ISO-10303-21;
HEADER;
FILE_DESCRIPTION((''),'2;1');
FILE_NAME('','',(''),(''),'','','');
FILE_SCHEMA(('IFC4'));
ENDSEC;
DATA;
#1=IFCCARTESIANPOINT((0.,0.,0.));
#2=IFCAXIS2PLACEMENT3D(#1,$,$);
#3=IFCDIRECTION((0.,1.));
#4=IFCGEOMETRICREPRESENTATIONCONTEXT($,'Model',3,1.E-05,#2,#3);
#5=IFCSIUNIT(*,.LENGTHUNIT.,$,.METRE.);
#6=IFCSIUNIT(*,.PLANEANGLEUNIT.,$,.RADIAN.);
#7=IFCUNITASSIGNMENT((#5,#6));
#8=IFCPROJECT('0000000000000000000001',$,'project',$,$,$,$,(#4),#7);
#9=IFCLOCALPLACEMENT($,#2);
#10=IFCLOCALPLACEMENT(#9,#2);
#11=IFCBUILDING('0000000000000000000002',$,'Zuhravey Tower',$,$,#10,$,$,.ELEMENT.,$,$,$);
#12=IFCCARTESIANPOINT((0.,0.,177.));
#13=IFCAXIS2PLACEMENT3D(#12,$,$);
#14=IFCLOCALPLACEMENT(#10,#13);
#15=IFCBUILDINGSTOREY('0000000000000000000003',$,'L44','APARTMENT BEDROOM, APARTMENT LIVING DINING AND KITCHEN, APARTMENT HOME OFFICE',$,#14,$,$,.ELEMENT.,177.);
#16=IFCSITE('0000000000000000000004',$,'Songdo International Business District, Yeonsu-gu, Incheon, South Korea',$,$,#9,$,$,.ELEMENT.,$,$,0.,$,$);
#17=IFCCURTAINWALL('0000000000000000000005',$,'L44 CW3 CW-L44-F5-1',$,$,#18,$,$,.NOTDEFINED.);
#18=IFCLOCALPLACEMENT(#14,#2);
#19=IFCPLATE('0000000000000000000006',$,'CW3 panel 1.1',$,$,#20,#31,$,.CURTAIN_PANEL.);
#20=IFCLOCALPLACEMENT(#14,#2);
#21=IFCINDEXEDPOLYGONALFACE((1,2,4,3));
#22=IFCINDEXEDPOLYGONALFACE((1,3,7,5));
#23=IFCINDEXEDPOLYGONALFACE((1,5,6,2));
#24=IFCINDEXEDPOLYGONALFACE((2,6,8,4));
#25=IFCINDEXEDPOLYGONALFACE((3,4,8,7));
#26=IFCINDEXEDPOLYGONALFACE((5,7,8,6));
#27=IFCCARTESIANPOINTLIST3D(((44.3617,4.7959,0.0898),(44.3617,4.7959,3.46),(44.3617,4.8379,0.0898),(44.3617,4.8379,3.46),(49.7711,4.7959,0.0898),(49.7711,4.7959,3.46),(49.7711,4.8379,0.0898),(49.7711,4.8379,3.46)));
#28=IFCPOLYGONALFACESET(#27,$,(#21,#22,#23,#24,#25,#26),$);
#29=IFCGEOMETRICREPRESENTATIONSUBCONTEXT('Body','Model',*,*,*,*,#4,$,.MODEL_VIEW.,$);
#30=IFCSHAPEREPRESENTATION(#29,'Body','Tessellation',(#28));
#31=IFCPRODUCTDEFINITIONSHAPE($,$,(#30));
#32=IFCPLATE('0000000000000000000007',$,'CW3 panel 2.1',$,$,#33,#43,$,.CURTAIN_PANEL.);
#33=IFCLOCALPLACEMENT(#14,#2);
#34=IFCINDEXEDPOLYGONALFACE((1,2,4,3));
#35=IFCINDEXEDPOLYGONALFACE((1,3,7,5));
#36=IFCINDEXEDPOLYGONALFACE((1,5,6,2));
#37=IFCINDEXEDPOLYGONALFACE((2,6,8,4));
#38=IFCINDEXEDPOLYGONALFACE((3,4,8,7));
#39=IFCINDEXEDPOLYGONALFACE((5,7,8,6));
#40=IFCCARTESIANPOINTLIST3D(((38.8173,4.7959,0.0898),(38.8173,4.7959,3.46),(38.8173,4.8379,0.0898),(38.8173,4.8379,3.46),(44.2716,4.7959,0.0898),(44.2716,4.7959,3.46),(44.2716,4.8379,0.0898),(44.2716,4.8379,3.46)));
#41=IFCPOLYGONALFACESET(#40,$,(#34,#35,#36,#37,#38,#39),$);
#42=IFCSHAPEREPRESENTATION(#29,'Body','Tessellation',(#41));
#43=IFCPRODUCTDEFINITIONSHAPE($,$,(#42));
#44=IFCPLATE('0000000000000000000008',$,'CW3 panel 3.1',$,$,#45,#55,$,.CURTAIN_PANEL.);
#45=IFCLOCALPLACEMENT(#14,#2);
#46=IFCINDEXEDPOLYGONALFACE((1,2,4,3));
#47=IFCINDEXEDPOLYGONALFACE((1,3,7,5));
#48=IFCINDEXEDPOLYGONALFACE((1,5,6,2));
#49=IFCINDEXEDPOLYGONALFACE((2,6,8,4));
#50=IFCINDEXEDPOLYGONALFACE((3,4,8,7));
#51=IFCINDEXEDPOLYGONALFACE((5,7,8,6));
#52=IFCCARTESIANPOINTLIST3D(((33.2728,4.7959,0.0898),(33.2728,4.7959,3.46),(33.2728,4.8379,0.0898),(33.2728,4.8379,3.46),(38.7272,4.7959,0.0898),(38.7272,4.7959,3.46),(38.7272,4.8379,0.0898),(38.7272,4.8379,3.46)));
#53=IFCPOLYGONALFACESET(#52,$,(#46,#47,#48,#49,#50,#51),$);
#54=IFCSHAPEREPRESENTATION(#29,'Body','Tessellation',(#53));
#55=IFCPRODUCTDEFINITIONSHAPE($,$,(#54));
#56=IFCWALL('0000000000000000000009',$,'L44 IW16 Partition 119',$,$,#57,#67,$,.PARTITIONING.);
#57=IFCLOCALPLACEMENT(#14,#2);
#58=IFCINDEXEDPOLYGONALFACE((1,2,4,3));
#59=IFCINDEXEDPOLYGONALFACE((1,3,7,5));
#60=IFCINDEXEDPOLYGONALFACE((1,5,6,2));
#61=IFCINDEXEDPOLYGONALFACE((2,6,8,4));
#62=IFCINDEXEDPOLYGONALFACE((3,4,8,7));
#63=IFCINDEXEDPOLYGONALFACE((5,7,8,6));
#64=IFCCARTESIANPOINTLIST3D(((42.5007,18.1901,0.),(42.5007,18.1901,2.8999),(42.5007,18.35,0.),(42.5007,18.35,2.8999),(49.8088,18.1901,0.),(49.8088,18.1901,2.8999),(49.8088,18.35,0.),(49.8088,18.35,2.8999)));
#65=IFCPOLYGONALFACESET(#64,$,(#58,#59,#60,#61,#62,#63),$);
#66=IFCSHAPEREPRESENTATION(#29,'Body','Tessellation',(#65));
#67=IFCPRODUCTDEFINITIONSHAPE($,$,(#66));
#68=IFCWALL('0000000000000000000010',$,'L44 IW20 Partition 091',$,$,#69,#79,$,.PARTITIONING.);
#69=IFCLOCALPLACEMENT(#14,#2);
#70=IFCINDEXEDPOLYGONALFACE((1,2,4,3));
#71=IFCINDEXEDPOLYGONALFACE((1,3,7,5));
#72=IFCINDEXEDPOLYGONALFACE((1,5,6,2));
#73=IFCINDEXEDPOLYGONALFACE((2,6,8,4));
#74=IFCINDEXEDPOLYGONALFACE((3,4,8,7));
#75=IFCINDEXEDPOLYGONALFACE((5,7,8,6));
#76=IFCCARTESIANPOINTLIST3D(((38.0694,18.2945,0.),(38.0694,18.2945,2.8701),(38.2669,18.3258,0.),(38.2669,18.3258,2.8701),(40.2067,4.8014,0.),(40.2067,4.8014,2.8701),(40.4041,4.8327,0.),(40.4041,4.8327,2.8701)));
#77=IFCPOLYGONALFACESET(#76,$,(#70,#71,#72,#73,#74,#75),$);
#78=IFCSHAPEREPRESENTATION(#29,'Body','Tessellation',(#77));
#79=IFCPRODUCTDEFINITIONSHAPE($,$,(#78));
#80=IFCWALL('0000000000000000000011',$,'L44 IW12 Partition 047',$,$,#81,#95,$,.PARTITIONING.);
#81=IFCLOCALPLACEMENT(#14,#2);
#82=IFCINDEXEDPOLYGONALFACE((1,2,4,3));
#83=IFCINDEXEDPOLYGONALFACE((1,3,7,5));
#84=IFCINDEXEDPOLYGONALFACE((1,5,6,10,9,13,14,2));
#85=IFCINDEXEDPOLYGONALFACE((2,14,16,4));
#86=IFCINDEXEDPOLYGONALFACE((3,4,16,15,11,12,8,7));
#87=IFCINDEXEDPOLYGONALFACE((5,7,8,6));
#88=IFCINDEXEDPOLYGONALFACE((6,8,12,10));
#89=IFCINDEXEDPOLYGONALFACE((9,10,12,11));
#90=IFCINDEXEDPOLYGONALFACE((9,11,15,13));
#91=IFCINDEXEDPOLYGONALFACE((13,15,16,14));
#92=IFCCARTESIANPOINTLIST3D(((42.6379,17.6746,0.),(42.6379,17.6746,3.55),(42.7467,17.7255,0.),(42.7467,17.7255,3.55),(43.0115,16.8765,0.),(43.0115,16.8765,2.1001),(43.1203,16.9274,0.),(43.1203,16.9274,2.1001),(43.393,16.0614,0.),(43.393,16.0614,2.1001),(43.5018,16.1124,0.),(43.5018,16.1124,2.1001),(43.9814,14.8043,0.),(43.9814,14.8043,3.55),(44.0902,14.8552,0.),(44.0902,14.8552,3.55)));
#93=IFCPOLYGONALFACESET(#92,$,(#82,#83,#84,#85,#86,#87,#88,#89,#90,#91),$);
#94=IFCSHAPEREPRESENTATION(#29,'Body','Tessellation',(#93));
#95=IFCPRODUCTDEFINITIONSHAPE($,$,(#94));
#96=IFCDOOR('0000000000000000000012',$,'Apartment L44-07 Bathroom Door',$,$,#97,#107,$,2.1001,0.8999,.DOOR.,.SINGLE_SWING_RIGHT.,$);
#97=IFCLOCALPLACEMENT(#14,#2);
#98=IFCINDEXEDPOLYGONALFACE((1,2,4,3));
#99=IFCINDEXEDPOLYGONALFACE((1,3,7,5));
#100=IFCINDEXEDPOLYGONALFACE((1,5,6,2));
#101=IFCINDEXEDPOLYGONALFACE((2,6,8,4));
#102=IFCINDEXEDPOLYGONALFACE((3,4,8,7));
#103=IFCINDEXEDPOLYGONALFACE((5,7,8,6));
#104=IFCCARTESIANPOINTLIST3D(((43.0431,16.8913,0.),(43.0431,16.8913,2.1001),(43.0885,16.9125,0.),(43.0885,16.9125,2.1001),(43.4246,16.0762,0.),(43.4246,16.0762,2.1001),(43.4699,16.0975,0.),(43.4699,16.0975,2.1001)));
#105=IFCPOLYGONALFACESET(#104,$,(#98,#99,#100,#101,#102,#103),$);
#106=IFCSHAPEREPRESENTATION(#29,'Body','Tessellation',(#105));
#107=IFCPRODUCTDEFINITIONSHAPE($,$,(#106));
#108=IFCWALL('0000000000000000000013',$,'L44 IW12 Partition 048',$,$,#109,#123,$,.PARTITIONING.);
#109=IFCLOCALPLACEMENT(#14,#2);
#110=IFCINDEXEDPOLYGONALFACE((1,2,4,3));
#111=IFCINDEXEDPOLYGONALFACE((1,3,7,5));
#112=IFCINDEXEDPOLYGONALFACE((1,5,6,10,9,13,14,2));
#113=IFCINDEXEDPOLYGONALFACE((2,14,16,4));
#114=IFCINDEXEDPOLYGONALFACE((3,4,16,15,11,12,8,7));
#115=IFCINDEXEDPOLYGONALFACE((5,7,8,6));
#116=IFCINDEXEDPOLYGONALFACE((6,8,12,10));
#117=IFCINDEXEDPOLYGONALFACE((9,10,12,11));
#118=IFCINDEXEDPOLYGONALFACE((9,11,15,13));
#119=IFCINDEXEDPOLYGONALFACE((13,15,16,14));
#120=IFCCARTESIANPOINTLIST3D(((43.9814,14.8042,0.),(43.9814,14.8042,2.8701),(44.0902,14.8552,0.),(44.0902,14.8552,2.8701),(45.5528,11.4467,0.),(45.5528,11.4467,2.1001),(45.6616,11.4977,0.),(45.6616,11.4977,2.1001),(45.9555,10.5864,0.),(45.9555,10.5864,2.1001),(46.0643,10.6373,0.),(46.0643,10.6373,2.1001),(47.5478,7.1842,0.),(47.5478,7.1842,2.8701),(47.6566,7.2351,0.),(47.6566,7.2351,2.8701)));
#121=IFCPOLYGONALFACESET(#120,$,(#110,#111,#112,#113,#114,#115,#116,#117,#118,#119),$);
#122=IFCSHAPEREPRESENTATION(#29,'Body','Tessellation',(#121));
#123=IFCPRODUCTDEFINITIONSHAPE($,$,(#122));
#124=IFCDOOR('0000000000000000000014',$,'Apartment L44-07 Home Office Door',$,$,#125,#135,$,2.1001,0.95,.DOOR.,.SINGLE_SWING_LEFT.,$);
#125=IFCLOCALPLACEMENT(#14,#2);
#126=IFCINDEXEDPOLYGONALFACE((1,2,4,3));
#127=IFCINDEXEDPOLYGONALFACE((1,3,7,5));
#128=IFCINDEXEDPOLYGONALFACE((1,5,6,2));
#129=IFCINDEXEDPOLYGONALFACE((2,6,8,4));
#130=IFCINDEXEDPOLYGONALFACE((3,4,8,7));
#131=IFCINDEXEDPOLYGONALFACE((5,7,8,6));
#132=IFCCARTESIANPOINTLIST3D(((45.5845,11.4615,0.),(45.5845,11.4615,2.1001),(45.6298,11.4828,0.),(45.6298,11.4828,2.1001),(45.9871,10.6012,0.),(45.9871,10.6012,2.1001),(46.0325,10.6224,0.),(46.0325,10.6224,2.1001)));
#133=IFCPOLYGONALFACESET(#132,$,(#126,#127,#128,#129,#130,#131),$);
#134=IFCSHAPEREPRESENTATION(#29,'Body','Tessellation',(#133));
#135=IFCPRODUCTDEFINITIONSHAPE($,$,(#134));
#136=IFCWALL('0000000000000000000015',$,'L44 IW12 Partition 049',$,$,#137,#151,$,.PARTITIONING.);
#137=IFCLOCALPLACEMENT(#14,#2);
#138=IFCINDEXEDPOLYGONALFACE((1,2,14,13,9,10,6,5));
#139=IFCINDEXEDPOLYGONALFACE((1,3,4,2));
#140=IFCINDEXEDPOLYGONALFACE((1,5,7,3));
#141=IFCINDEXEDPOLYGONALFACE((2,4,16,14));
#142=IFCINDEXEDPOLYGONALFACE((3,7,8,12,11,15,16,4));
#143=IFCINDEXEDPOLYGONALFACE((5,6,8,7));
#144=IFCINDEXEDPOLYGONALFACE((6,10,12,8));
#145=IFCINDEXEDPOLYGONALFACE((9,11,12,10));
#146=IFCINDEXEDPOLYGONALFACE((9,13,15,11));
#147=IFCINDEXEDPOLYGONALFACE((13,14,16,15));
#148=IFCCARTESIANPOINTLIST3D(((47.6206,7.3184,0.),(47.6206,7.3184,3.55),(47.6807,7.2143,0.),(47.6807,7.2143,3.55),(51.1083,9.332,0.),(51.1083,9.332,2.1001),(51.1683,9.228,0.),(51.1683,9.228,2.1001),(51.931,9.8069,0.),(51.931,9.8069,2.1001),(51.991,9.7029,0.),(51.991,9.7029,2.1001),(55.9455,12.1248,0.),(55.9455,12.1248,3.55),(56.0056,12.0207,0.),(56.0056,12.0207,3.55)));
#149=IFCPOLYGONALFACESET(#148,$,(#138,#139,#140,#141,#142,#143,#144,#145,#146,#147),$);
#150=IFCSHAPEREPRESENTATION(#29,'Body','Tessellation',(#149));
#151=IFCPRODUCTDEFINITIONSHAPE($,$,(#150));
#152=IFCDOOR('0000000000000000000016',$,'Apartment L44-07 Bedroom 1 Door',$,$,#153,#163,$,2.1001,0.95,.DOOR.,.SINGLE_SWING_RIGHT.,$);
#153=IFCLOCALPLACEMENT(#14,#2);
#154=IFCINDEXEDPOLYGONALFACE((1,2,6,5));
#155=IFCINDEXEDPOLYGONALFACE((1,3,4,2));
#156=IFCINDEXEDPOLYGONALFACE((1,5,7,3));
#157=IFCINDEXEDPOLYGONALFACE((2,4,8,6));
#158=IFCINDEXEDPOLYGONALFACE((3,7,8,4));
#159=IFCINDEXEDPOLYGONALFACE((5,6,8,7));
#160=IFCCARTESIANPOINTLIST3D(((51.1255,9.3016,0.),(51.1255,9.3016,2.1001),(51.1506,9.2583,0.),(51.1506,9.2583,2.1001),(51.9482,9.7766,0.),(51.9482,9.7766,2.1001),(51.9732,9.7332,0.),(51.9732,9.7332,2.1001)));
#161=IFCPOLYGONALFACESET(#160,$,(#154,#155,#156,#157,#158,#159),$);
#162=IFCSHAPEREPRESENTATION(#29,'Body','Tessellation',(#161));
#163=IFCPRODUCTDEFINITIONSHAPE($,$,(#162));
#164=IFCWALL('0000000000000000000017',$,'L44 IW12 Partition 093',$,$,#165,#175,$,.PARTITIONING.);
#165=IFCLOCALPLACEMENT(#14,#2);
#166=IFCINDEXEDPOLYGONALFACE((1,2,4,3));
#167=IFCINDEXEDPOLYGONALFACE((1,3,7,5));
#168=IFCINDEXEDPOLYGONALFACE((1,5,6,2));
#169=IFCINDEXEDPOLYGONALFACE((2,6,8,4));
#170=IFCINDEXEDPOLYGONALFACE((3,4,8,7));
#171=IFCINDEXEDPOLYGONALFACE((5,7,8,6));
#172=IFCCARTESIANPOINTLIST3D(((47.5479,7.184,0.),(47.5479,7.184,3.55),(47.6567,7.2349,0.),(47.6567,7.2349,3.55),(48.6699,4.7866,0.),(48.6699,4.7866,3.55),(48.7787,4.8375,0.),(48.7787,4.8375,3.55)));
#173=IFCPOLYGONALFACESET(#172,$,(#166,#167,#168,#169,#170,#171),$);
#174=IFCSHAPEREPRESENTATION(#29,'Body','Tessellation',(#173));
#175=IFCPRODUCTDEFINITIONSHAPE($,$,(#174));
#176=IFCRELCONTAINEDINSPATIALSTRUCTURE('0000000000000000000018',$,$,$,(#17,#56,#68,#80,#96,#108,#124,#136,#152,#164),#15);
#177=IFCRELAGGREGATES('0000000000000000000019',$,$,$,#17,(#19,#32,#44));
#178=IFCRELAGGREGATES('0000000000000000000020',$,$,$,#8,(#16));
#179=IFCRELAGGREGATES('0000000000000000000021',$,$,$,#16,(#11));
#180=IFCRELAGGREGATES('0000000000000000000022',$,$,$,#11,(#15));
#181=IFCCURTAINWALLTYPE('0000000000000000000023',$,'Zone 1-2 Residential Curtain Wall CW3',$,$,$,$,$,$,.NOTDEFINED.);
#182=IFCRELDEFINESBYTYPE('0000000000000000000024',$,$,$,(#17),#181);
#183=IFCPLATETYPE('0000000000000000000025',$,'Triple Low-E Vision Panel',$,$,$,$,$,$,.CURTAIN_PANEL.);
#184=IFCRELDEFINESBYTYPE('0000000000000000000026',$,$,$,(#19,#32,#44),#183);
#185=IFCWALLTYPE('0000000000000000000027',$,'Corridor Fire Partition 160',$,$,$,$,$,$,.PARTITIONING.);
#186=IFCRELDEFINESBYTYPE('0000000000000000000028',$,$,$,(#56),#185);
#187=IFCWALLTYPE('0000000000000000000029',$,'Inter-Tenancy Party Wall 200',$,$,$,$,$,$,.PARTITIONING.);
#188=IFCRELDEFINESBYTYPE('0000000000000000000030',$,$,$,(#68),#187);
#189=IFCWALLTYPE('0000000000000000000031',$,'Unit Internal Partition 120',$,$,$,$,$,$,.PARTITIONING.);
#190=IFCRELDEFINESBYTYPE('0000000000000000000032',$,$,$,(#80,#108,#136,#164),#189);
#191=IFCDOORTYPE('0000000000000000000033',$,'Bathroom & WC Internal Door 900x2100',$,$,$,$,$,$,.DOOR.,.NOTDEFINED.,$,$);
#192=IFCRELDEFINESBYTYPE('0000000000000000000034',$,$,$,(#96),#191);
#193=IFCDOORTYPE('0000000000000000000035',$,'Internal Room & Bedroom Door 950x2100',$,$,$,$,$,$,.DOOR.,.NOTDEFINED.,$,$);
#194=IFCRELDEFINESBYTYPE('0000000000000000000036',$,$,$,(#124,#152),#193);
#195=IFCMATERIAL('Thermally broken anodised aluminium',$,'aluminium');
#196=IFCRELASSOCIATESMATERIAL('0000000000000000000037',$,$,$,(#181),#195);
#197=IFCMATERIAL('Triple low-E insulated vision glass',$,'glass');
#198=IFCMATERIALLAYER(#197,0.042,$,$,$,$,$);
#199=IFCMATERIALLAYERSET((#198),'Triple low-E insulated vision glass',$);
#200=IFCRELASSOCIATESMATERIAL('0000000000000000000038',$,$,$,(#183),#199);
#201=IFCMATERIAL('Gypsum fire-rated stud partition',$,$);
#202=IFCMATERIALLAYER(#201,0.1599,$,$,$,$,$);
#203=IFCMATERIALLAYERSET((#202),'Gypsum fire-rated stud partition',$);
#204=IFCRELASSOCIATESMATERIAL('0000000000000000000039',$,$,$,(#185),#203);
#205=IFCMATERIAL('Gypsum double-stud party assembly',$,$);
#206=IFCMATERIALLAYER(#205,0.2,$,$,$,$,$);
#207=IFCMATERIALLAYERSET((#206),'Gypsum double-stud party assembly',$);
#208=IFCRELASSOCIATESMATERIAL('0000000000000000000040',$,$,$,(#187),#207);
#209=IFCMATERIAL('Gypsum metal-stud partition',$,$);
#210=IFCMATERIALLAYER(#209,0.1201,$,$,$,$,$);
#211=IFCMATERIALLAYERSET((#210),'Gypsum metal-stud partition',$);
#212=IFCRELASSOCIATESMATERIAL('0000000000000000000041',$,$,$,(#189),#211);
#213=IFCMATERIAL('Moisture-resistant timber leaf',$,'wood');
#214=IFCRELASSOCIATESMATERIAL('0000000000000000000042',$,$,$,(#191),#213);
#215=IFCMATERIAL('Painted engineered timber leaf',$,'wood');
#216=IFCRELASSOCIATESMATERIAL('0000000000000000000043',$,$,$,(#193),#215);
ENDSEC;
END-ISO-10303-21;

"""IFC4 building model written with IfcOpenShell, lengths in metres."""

from ifc_helpers import new_model, si_unit, direction, frame, frame_2d, origin, origin_2d, place, context, subcontext, project, spatial, rectangle, extrude, material, layer, layer_set, type_object, element, fill, aggregate, save


model = new_model("IFC4")

# Units and contexts
model_context = context("Model", 3, precision=1e-05, world=origin(), true_north=direction((0.0, 1.0)))
body_context = subcontext(model_context, "Body", "Model", "MODEL_VIEW")
ifc_project = project(units=[si_unit("LENGTHUNIT", "METRE"), si_unit("PLANEANGLEUNIT", "RADIAN")], contexts=[model_context])

# Site, building, storey
site_placement = place(None, origin())
site = spatial("IfcSite", under=ifc_project, at=site_placement, Name="Songdo International Business District, Yeonsu-gu, Incheon, South Korea", CompositionType="ELEMENT", RefElevation=0.0)
building_placement = place(site_placement, origin())
building = spatial("IfcBuilding", under=site, at=building_placement, Name="Zuhravey Tower", CompositionType="ELEMENT")
storey_placement = place(building_placement, frame((0.0, 0.0, 177.0)))
storey = spatial("IfcBuildingStorey", under=building, at=storey_placement, Name="L44", Description="APARTMENT BEDROOM, APARTMENT LIVING DINING AND KITCHEN, APARTMENT HOME OFFICE", CompositionType="ELEMENT", Elevation=177.0)

# Curtain wall
ifc_material_1 = material(Name="Thermally broken anodised aluminium", Category="aluminium")
curtain_wall_type = type_object("IfcCurtainWallType", Name="Zone 1-2 Residential Curtain Wall CW3", PredefinedType="NOTDEFINED", material=ifc_material_1)
curtain_wall_placement = place(storey_placement, origin())
curtain_wall = element("IfcCurtainWall", 1, at=curtain_wall_placement, inside=storey, type_object=curtain_wall_type, Name="L44 CW3 CW-L44-F5-1", PredefinedType="NOTDEFINED")

# Plates
ifc_material_2 = material(Name="Triple low-E insulated vision glass", Category="glass")
ifc_layer_1 = layer(ifc_material_2, 0.042)
ifc_layer_set_1 = layer_set([ifc_layer_1], Name="Triple low-E insulated vision glass")
plate_type_1 = type_object("IfcPlateType", Name="Triple Low-E Vision Panel", PredefinedType="CURTAIN_PANEL", material=ifc_layer_set_1)
plate_1_placement = place(storey_placement, frame((47.0664, 4.8169, 0.0898), z_axis=(0.0, 0.0, 1.0), x_axis=(-1.0, 0.0, 0.0)))
plate_1 = element("IfcPlate", 2, at=plate_1_placement, type_object=plate_type_1, Name="CW3 panel 1.1", PredefinedType="CURTAIN_PANEL", context=body_context, shape_type="SweptSolid", body=[
    extrude(rectangle(XDim=5.4094, YDim=0.042, at=origin_2d()), origin(), (0.0, 0.0, 1.0), 3.3701),
])
plate_2_placement = place(storey_placement, frame((41.5444, 4.8169, 0.0898), z_axis=(0.0, 0.0, 1.0), x_axis=(-1.0, 0.0, 0.0)))
plate_2 = element("IfcPlate", 3, at=plate_2_placement, type_object=plate_type_1, Name="CW3 panel 2.1", PredefinedType="CURTAIN_PANEL", context=body_context, shape_type="SweptSolid", body=[
    extrude(rectangle(XDim=5.4543, YDim=0.042, at=origin_2d()), origin(), (0.0, 0.0, 1.0), 3.3701),
])
plate_3_placement = place(storey_placement, frame((36.0, 4.8169, 0.0898), z_axis=(0.0, 0.0, 1.0), x_axis=(-1.0, 0.0, 0.0)))
plate_3 = element("IfcPlate", 4, at=plate_3_placement, type_object=plate_type_1, Name="CW3 panel 3.1", PredefinedType="CURTAIN_PANEL", context=body_context, shape_type="SweptSolid", body=[
    extrude(rectangle(XDim=5.4543, YDim=0.042, at=origin_2d()), origin(), (0.0, 0.0, 1.0), 3.3701),
])
aggregate(curtain_wall, [plate_1, plate_2, plate_3])

# Shared definitions
ifc_material_3 = material(Name="Gypsum fire-rated stud partition")
ifc_layer_2 = layer(ifc_material_3, 0.1599)
ifc_layer_set_2 = layer_set([ifc_layer_2], Name="Gypsum fire-rated stud partition")
wall_type_1 = type_object("IfcWallType", Name="Corridor Fire Partition 160", PredefinedType="PARTITIONING", material=ifc_layer_set_2)

# Walls
wall_1_placement = place(storey_placement, frame((42.5007, 18.27, 0.0), z_axis=(0.0, 0.0, 1.0), x_axis=(1.0, 0.0, 0.0)))
element("IfcWall", 5, at=wall_1_placement, inside=storey, type_object=wall_type_1, Name="L44 IW16 Partition 119", PredefinedType="PARTITIONING", context=body_context, shape_type="SweptSolid", body=[
    extrude(rectangle(XDim=7.3081, YDim=0.1599, at=frame_2d((3.6541, 0.0))), origin(), (0.0, 0.0, 1.0), 2.8999),
])
ifc_material_4 = material(Name="Gypsum double-stud party assembly")
ifc_layer_3 = layer(ifc_material_4, 0.2)
ifc_layer_set_3 = layer_set([ifc_layer_3], Name="Gypsum double-stud party assembly")
wall_type_2 = type_object("IfcWallType", Name="Inter-Tenancy Party Wall 200", PredefinedType="PARTITIONING", material=ifc_layer_set_3)
wall_2_placement = place(storey_placement, frame((38.1682, 18.3101, 0.0), z_axis=(0.0, 0.0, 1.0), x_axis=(0.156442, -0.987687, 0.0)))
element("IfcWall", 6, at=wall_2_placement, inside=storey, type_object=wall_type_2, Name="L44 IW20 Partition 091", PredefinedType="PARTITIONING", context=body_context, shape_type="SweptSolid", body=[
    extrude(rectangle(XDim=13.6614, YDim=0.2, at=frame_2d((6.8306, 0.0))), origin(), (0.0, 0.0, 1.0), 2.8701),
])

# Walls, openings, doors
ifc_material_5 = material(Name="Gypsum metal-stud partition")
ifc_layer_4 = layer(ifc_material_5, 0.1201)
ifc_layer_set_4 = layer_set([ifc_layer_4], Name="Gypsum metal-stud partition")
wall_type_3 = type_object("IfcWallType", Name="Unit Internal Partition 120", PredefinedType="PARTITIONING", material=ifc_layer_set_4)
wall_3_placement = place(storey_placement, frame((42.6924, 17.7, 0.0), z_axis=(0.0, 0.0, 1.0), x_axis=(0.423923, -0.905698, 0.0)))
wall_3 = element("IfcWall", 7, at=wall_3_placement, inside=storey, type_object=wall_type_3, Name="L44 IW12 Partition 047", PredefinedType="PARTITIONING", context=body_context, shape_type="SweptSolid", body=[
    extrude(rectangle(XDim=3.1692, YDim=0.1201, at=frame_2d((1.5845, 0.0))), origin(), (0.0, 0.0, 1.0), 3.55),
])
opening_1_placement = place(wall_3_placement, frame((0.8811, 0.0, 0.0)))
opening_1 = element("IfcOpeningElement", 8, at=opening_1_placement, cuts=wall_3, PredefinedType="OPENING", context=body_context, shape_type="SweptSolid", body=[
    extrude(rectangle(XDim=0.8999, YDim=2.1001, at=frame_2d((0.45, 1.05))), frame((0.0, 0.072, 0.0), z_axis=(0.0, -1.0, 0.0), x_axis=(1.0, 0.0, 0.0)), (0.0, 0.0, 1.0), 0.144),
])
ifc_material_6 = material(Name="Moisture-resistant timber leaf", Category="wood")
door_type_1 = type_object("IfcDoorType", Name="Bathroom & WC Internal Door 900x2100", OperationType="NOTDEFINED", PredefinedType="DOOR", material=ifc_material_6)
door_1_placement = place(opening_1_placement, origin())
door_1 = element("IfcDoor", 9, at=door_1_placement, inside=storey, type_object=door_type_1, Name="Apartment L44-07 Bathroom Door", OperationType="SINGLE_SWING_RIGHT", OverallHeight=2.1001, OverallWidth=0.8999, PredefinedType="DOOR", context=body_context, shape_type="SweptSolid", body=[
    extrude(rectangle(XDim=0.8999, YDim=2.1001, at=frame_2d((0.45, 1.05))), frame((0.0, 0.0249, 0.0), z_axis=(0.0, -1.0, 0.0), x_axis=(1.0, 0.0, 0.0)), (0.0, 0.0, 1.0), 0.05),
])
fill(opening_1, door_1)
wall_4_placement = place(storey_placement, frame((44.0359, 14.8296, 0.0), z_axis=(0.0, 0.0, 1.0), x_axis=(0.423896, -0.905711, 0.0)))
wall_4 = element("IfcWall", 10, at=wall_4_placement, inside=storey, type_object=wall_type_3, Name="L44 IW12 Partition 048", PredefinedType="PARTITIONING", context=body_context, shape_type="SweptSolid", body=[
    extrude(rectangle(XDim=8.4133, YDim=0.1201, at=frame_2d((4.2065, 0.0))), origin(), (0.0, 0.0, 1.0), 2.8701),
])
opening_2_placement = place(wall_4_placement, frame((3.7068, 0.0, 0.0)))
opening_2 = element("IfcOpeningElement", 11, at=opening_2_placement, cuts=wall_4, PredefinedType="OPENING", context=body_context, shape_type="SweptSolid", body=[
    extrude(rectangle(XDim=0.95, YDim=2.1001, at=frame_2d((0.4751, 1.05))), frame((0.0, 0.072, 0.0), z_axis=(0.0, -1.0, 0.0), x_axis=(1.0, 0.0, 0.0)), (0.0, 0.0, 1.0), 0.144),
])
ifc_material_7 = material(Name="Painted engineered timber leaf", Category="wood")
door_type_2 = type_object("IfcDoorType", Name="Internal Room & Bedroom Door 950x2100", OperationType="NOTDEFINED", PredefinedType="DOOR", material=ifc_material_7)
door_2_placement = place(opening_2_placement, origin())
door_2 = element("IfcDoor", 12, at=door_2_placement, inside=storey, type_object=door_type_2, Name="Apartment L44-07 Home Office Door", OperationType="SINGLE_SWING_LEFT", OverallHeight=2.1001, OverallWidth=0.95, PredefinedType="DOOR", context=body_context, shape_type="SweptSolid", body=[
    extrude(rectangle(XDim=0.95, YDim=2.1001, at=frame_2d((0.4751, 1.05))), frame((0.0, 0.0249, 0.0), z_axis=(0.0, -1.0, 0.0), x_axis=(1.0, 0.0, 0.0)), (0.0, 0.0, 1.0), 0.05),
])
fill(opening_2, door_2)
wall_5_placement = place(storey_placement, frame((47.6506, 7.2664, 0.0), z_axis=(0.0, 0.0, 1.0), x_axis=(0.866026, 0.499999, 0.0)))
wall_5 = element("IfcWall", 13, at=wall_5_placement, inside=storey, type_object=wall_type_3, Name="L44 IW12 Partition 049", PredefinedType="PARTITIONING", context=body_context, shape_type="SweptSolid", body=[
    extrude(rectangle(XDim=9.6128, YDim=0.1201, at=frame_2d((4.8064, 0.0))), origin(), (0.0, 0.0, 1.0), 3.55),
])
opening_3_placement = place(wall_5_placement, frame((4.0271, 0.0, 0.0)))
opening_3 = element("IfcOpeningElement", 14, at=opening_3_placement, cuts=wall_5, PredefinedType="OPENING", context=body_context, shape_type="SweptSolid", body=[
    extrude(rectangle(XDim=0.95, YDim=2.1001, at=frame_2d((0.4751, 1.05))), frame((0.0, 0.072, 0.0), z_axis=(0.0, -1.0, 0.0), x_axis=(1.0, 0.0, 0.0)), (0.0, 0.0, 1.0), 0.144),
])
door_3_placement = place(opening_3_placement, frame((0.95, 0.0, 0.0), z_axis=(0.0, 0.0, 1.0), x_axis=(-1.0, 0.0, 0.0)))
door_3 = element("IfcDoor", 15, at=door_3_placement, inside=storey, type_object=door_type_2, Name="Apartment L44-07 Bedroom 1 Door", OperationType="SINGLE_SWING_RIGHT", OverallHeight=2.1001, OverallWidth=0.95, PredefinedType="DOOR", context=body_context, shape_type="SweptSolid", body=[
    extrude(rectangle(XDim=0.95, YDim=2.1001, at=frame_2d((0.4751, 1.05))), frame((0.0, 0.0249, 0.0), z_axis=(0.0, -1.0, 0.0), x_axis=(1.0, 0.0, 0.0)), (0.0, 0.0, 1.0), 0.05),
])
fill(opening_3, door_3)

# Wall
wall_6_placement = place(storey_placement, frame((47.6023, 7.2095, 0.0), z_axis=(0.0, 0.0, 1.0), x_axis=(0.423895, -0.905711, 0.0)))
element("IfcWall", 16, at=wall_6_placement, inside=storey, type_object=wall_type_3, Name="L44 IW12 Partition 093", PredefinedType="PARTITIONING", context=body_context, shape_type="SweptSolid", body=[
    extrude(rectangle(XDim=2.647, YDim=0.1201, at=frame_2d((1.3235, 0.0))), origin(), (0.0, 0.0, 1.0), 3.55),
])

save(model, "model.ifc")
